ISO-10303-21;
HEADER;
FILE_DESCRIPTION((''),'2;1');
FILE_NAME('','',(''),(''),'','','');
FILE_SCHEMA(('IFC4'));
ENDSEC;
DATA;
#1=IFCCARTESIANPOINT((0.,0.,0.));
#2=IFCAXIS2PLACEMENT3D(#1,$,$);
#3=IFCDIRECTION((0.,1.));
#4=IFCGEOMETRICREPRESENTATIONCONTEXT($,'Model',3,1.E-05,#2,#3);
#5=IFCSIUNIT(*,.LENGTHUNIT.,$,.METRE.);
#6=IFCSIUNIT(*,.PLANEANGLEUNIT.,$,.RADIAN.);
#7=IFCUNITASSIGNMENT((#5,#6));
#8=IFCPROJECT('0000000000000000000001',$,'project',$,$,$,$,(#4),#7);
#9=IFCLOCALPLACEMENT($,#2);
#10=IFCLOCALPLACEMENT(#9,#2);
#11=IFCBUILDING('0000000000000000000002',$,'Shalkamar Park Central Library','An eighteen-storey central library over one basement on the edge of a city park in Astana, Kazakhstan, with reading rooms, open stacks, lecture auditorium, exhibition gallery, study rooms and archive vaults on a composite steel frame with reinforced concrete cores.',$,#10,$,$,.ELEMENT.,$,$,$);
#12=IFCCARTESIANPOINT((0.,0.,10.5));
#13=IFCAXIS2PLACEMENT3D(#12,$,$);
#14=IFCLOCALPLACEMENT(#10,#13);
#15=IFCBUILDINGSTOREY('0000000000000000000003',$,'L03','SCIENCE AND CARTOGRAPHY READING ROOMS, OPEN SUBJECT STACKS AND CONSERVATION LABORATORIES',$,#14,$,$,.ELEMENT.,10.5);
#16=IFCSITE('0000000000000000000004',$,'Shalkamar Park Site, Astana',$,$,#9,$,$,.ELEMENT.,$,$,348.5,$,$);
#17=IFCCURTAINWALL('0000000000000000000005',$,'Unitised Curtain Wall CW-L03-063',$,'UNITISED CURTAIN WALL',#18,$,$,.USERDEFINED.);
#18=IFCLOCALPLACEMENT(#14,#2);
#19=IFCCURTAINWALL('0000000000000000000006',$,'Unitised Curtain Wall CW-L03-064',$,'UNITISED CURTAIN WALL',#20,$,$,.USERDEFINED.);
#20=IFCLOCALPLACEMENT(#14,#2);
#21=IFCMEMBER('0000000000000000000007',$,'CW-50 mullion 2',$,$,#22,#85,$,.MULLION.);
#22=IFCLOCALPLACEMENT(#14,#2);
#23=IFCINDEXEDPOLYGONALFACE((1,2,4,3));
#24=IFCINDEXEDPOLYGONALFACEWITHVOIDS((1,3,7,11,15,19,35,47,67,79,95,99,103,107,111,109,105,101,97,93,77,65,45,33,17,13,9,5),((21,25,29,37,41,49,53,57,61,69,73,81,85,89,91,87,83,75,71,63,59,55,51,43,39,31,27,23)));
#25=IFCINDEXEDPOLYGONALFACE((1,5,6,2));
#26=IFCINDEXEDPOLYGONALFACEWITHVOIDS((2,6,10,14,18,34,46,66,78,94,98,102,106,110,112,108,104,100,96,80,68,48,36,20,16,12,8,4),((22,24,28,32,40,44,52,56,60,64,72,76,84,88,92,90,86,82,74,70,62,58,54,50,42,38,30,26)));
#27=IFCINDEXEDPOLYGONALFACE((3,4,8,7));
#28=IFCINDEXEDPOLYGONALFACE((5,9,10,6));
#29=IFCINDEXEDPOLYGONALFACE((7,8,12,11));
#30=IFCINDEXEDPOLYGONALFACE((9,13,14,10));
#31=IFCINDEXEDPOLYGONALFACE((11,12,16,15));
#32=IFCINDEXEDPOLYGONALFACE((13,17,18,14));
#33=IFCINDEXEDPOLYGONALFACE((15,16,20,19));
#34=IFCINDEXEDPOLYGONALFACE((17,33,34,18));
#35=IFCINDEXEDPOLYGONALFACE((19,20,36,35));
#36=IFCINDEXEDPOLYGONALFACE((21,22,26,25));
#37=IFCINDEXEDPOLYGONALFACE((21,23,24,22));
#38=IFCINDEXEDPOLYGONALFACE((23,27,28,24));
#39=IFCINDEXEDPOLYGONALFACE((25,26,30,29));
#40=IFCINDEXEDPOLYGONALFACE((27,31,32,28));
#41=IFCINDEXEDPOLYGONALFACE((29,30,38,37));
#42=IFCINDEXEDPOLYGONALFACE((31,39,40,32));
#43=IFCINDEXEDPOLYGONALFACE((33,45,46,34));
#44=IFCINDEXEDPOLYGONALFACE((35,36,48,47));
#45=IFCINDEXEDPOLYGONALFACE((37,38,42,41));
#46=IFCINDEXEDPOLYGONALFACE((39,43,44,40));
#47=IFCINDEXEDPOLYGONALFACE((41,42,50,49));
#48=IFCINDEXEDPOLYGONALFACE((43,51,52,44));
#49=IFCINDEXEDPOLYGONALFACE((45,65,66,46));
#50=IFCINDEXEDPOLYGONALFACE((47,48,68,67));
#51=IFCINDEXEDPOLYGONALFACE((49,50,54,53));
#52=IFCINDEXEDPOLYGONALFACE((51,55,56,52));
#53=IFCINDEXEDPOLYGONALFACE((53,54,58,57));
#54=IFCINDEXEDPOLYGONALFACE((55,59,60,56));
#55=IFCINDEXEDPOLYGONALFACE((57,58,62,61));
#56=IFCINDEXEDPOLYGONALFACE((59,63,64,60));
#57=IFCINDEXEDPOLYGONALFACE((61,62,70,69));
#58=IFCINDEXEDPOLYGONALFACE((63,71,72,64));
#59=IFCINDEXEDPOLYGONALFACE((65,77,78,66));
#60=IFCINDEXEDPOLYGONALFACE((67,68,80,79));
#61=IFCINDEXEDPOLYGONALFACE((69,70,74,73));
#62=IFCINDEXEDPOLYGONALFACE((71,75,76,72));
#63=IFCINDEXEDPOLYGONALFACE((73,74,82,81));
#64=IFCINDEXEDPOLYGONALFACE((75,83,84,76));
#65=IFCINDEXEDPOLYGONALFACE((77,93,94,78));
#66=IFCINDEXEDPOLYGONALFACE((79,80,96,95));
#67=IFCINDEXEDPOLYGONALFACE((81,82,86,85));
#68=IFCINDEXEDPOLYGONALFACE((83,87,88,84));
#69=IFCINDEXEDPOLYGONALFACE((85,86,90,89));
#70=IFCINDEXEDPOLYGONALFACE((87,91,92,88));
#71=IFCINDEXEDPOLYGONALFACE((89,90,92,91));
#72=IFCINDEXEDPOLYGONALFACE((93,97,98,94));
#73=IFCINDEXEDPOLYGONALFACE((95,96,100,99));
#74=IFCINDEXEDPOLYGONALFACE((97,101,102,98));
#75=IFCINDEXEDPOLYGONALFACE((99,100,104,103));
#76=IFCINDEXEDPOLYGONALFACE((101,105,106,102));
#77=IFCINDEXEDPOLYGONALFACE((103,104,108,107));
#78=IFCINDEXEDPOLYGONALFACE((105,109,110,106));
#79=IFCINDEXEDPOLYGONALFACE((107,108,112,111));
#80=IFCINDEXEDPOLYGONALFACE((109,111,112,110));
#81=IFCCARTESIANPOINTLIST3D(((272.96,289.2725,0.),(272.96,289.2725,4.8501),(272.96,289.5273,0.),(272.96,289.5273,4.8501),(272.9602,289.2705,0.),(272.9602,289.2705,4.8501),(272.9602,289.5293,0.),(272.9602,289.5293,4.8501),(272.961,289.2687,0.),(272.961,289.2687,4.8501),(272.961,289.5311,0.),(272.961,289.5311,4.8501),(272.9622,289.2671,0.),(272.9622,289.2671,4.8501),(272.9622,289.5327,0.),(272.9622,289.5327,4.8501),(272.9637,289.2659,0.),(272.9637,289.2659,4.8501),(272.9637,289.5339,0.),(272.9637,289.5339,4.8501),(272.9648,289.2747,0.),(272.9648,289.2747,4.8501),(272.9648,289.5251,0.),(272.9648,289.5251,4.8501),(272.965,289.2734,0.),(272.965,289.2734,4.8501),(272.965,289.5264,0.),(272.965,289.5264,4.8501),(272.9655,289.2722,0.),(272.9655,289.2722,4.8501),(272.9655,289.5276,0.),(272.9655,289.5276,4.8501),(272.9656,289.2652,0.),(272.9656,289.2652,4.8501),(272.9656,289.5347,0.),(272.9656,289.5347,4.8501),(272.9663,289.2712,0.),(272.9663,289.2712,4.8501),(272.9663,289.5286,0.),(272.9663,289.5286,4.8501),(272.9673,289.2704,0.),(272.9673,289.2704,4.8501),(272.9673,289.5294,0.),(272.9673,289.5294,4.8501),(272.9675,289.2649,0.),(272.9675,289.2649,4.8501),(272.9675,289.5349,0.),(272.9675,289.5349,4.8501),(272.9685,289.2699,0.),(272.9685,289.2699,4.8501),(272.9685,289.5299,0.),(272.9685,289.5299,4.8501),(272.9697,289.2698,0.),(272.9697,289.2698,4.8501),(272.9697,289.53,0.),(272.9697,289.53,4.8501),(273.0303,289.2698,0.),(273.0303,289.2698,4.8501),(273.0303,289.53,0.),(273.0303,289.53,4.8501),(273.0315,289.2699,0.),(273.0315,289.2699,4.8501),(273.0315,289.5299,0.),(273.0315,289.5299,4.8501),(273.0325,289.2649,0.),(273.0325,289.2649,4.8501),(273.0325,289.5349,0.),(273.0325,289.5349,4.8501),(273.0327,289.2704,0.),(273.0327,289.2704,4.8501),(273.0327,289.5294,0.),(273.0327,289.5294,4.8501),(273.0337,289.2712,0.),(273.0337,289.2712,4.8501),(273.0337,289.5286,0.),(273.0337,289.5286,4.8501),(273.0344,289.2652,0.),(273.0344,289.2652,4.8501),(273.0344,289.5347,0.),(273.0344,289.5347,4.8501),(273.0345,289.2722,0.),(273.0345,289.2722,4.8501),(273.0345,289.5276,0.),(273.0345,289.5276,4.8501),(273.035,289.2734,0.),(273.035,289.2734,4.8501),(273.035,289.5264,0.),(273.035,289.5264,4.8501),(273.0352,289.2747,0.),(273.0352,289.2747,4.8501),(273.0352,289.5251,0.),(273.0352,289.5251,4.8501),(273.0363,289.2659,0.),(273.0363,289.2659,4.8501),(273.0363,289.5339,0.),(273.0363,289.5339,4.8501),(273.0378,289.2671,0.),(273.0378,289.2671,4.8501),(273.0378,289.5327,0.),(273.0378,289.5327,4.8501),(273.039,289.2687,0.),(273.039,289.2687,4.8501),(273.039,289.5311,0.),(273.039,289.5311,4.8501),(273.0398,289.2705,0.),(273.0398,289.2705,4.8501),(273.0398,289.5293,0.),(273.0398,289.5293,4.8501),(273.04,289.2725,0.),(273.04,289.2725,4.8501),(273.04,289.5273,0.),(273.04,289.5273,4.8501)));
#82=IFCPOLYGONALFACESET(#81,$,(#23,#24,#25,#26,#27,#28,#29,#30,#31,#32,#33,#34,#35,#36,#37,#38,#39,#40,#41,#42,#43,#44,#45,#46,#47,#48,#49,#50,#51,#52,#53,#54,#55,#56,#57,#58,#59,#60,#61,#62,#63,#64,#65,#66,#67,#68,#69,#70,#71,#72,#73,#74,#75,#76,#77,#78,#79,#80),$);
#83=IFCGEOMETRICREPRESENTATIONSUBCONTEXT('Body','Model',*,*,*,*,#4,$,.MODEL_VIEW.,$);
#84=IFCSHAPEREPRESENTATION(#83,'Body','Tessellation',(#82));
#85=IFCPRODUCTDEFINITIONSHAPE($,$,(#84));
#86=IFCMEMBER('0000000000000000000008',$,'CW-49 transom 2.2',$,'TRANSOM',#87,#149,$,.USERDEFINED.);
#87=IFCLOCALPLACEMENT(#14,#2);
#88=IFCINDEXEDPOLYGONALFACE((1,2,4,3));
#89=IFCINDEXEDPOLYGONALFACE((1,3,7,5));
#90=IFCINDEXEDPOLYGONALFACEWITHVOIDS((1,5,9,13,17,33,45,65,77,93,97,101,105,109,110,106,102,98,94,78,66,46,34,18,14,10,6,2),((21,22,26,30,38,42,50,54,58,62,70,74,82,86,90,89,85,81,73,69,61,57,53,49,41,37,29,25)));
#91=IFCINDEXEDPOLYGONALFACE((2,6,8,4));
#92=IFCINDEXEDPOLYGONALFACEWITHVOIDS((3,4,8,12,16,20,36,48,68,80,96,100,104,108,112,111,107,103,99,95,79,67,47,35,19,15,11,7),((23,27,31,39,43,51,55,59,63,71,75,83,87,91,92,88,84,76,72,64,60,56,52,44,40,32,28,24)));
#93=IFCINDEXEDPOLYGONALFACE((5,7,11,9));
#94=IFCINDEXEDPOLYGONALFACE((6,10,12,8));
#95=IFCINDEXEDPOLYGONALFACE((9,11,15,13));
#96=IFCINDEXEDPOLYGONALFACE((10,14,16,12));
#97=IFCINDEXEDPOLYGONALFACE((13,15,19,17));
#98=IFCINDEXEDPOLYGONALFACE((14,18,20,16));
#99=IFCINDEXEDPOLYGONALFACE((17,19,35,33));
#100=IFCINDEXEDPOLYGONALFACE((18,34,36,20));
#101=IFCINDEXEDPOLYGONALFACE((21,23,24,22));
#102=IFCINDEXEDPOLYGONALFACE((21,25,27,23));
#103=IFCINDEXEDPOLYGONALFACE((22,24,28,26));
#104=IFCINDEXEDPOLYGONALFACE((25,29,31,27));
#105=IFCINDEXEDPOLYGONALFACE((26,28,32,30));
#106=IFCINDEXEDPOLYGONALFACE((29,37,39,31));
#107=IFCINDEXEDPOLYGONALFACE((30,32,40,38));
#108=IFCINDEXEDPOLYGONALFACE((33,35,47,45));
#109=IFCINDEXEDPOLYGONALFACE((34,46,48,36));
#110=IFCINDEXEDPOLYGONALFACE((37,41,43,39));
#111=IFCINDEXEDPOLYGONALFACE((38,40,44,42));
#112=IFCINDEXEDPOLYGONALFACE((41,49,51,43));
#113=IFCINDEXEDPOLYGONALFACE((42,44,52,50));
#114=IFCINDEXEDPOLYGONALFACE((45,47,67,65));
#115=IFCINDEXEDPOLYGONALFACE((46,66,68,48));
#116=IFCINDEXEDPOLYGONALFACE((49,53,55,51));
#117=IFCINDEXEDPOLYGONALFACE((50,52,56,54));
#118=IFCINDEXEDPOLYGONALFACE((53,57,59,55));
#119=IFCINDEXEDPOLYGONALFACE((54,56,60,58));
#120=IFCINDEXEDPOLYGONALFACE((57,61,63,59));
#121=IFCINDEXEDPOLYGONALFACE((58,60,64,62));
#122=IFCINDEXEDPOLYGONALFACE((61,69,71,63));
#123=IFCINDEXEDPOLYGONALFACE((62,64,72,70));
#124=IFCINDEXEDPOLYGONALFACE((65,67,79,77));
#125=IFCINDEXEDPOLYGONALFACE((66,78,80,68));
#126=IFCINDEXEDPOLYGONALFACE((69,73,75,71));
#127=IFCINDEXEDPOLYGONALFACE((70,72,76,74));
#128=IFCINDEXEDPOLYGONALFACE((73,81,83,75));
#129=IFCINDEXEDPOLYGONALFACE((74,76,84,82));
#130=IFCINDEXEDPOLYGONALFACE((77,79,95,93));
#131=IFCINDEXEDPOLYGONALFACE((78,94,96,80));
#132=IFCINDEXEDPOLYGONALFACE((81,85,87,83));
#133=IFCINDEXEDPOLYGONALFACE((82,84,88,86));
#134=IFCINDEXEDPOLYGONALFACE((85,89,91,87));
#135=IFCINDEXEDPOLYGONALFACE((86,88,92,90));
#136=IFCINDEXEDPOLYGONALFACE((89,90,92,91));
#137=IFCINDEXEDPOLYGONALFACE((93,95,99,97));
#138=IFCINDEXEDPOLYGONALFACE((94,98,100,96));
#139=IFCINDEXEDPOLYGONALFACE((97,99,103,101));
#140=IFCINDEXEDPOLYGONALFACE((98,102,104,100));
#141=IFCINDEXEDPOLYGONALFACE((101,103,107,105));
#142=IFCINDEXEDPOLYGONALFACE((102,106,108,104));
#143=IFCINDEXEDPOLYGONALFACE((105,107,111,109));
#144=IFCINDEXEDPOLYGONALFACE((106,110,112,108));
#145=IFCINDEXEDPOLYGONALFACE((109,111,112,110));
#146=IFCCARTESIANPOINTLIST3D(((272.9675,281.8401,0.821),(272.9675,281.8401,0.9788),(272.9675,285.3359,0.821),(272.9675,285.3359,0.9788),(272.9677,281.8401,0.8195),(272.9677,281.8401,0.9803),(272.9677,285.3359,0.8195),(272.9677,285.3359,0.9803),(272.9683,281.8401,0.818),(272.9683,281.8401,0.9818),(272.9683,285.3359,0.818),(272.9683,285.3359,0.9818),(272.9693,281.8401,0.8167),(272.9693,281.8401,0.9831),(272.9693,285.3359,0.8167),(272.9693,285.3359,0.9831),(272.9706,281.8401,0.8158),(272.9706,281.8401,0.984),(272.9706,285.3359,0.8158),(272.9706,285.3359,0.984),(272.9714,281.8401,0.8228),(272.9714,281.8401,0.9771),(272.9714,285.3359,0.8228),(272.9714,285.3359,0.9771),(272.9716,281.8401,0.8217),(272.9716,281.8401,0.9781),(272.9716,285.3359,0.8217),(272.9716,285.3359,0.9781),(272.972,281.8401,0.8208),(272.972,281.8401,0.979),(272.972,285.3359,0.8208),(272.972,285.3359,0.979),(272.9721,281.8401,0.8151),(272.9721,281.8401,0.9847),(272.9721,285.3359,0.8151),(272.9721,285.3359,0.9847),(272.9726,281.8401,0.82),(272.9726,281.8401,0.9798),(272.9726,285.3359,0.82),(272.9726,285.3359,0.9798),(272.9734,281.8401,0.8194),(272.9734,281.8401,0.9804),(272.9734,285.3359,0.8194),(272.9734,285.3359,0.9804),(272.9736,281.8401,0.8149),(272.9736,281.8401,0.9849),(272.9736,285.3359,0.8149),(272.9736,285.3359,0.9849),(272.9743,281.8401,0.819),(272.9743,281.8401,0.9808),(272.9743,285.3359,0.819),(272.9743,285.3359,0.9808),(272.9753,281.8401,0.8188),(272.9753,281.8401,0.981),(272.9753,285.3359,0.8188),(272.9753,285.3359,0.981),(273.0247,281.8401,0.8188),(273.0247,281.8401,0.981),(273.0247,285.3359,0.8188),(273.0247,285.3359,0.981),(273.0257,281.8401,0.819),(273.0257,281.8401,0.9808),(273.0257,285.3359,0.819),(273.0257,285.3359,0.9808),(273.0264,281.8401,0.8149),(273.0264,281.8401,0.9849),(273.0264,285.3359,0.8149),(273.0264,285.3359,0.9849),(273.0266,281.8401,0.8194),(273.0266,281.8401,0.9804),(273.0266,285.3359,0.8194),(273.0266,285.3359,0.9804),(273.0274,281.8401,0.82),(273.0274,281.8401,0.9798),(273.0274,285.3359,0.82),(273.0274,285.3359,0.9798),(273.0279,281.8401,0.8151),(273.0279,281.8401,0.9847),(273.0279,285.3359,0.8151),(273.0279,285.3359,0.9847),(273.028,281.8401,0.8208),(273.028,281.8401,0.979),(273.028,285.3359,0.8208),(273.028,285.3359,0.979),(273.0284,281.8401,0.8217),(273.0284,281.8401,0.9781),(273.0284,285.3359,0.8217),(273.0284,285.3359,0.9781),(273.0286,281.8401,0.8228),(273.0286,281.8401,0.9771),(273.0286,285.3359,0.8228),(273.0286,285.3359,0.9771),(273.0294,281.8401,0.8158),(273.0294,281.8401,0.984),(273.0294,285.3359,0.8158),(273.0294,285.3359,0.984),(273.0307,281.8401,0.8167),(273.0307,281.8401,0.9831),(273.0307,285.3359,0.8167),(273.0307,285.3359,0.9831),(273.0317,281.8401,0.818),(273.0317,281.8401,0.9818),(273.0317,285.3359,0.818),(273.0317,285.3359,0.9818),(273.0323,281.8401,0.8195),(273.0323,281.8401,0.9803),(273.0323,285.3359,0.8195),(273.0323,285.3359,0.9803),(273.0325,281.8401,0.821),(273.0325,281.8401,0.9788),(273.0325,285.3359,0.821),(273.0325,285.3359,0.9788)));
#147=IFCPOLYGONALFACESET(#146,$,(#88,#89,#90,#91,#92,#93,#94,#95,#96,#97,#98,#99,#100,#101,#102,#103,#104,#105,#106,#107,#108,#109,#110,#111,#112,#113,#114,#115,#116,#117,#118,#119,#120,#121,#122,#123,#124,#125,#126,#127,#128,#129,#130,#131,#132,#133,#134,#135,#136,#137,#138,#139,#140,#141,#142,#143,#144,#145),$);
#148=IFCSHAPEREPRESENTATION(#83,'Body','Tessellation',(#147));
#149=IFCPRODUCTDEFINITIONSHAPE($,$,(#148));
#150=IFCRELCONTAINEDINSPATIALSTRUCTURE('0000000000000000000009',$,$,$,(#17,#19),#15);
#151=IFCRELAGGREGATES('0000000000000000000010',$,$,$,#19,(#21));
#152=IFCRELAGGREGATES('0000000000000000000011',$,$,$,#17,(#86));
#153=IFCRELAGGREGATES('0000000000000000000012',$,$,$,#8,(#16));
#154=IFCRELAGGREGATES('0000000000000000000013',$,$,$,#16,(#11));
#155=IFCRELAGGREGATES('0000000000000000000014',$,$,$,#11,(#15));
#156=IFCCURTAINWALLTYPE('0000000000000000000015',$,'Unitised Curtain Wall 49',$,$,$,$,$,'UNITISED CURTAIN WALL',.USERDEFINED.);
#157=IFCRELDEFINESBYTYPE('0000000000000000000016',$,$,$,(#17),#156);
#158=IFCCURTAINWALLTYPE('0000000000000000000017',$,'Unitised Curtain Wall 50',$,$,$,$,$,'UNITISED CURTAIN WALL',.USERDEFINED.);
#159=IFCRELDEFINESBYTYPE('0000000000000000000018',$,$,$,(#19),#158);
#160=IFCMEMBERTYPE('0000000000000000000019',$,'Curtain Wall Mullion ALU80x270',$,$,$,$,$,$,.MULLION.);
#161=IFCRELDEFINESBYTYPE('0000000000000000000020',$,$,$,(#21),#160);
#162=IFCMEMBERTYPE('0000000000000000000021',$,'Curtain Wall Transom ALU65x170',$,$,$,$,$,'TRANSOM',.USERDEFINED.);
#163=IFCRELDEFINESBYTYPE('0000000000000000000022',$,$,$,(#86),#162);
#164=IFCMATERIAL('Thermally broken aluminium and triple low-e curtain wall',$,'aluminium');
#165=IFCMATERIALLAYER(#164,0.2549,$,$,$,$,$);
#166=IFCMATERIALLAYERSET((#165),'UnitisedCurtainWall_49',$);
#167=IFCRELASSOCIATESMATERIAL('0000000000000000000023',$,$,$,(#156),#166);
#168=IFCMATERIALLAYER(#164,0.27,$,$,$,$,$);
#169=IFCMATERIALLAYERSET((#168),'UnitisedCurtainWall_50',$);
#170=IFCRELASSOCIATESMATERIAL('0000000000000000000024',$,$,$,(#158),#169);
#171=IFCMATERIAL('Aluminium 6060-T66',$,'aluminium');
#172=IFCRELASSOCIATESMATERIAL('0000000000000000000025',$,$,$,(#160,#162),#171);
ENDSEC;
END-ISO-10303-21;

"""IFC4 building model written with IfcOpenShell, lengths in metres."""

from ifc_helpers import new_model, si_unit, direction, frame, origin, origin_2d, place, context, subcontext, project, spatial, hollow_rectangle, extrude, material, layer, layer_set, material_profile, profile_set, type_object, element, aggregate, save


model = new_model("IFC4")

# Units and contexts
model_context = context("Model", 3, precision=1e-05, world=origin(), true_north=direction((0.0, 1.0)))
body_context = subcontext(model_context, "Body", "Model", "MODEL_VIEW")
ifc_project = project(units=[si_unit("LENGTHUNIT", "METRE"), si_unit("PLANEANGLEUNIT", "RADIAN")], contexts=[model_context])

# Site, building, storey
site_placement = place(None, origin())
site = spatial("IfcSite", under=ifc_project, at=site_placement, Name="Shalkamar Park Site, Astana", CompositionType="ELEMENT", RefElevation=348.5)
building_placement = place(site_placement, origin())
building = spatial("IfcBuilding", under=site, at=building_placement, Name="Shalkamar Park Central Library", Description="An eighteen-storey central library over one basement on the edge of a city park in Astana, Kazakhstan, with reading rooms, open stacks, lecture auditorium, exhibition gallery, study rooms and archive vaults on a composite steel frame with reinforced concrete cores.", CompositionType="ELEMENT")
storey_placement = place(building_placement, frame((0.0, 0.0, 10.5)))
storey = spatial("IfcBuildingStorey", under=building, at=storey_placement, Name="L03", Description="SCIENCE AND CARTOGRAPHY READING ROOMS, OPEN SUBJECT STACKS AND CONSERVATION LABORATORIES", CompositionType="ELEMENT", Elevation=10.5)

# Curtain wall
ifc_material_1 = material(Name="Thermally broken aluminium and triple low-e curtain wall", Category="aluminium")
ifc_layer_1 = layer(ifc_material_1, 0.2549)
ifc_layer_set_1 = layer_set([ifc_layer_1], Name="UnitisedCurtainWall_49")
curtain_wall_type_1 = type_object("IfcCurtainWallType", Name="Unitised Curtain Wall 49", ElementType="UNITISED CURTAIN WALL", PredefinedType="USERDEFINED", material=ifc_layer_set_1)
curtain_wall_1_placement = place(storey_placement, origin())
curtain_wall_1 = element("IfcCurtainWall", 1, at=curtain_wall_1_placement, inside=storey, type_object=curtain_wall_type_1, Name="Unitised Curtain Wall CW-L03-063", ObjectType="UNITISED CURTAIN WALL", PredefinedType="USERDEFINED")
ifc_material_2 = material(Name="Aluminium 6060-T66", Category="aluminium")

# Curtain wall, member
ifc_layer_2 = layer(ifc_material_1, 0.27)
ifc_layer_set_2 = layer_set([ifc_layer_2], Name="UnitisedCurtainWall_50")
curtain_wall_type_2 = type_object("IfcCurtainWallType", Name="Unitised Curtain Wall 50", ElementType="UNITISED CURTAIN WALL", PredefinedType="USERDEFINED", material=ifc_layer_set_2)
curtain_wall_2_placement = place(storey_placement, origin())
curtain_wall_2 = element("IfcCurtainWall", 2, at=curtain_wall_2_placement, inside=storey, type_object=curtain_wall_type_2, Name="Unitised Curtain Wall CW-L03-064", ObjectType="UNITISED CURTAIN WALL", PredefinedType="USERDEFINED")
ifc_material_profile_1 = material_profile(ifc_material_2, hollow_rectangle(XDim=0.0801, YDim=0.27, WallThickness=0.0049, InnerFilletRadius=0.0049, OuterFilletRadius=0.0076, at=origin_2d()), Name="ALU 80x270x5")
ifc_profile_set_1 = profile_set([ifc_material_profile_1], Name="Aluminium 6060-T66")
member_type_1 = type_object("IfcMemberType", Name="Curtain Wall Mullion ALU80x270", PredefinedType="MULLION", material=ifc_profile_set_1)
member_1_placement = place(storey_placement, frame((273.0, 289.3999, 0.0), z_axis=(0.0, 0.0, 1.0), x_axis=(-1.0, 0.0, 0.0)))
member_1 = element("IfcMember", 3, at=member_1_placement, type_object=member_type_1, Name="CW-50 mullion 2", PredefinedType="MULLION", context=body_context, shape_type="SweptSolid", body=[
    extrude(hollow_rectangle(XDim=0.0801, YDim=0.27, WallThickness=0.0049, InnerFilletRadius=0.0049, OuterFilletRadius=0.0076, at=origin_2d()), origin(), (0.0, 0.0, 1.0), 4.8501),
])

# Member
ifc_material_profile_2 = material_profile(ifc_material_2, hollow_rectangle(XDim=0.0649, YDim=0.1699, WallThickness=0.0039, InnerFilletRadius=0.0039, OuterFilletRadius=0.0061, at=origin_2d()), Name="ALU 65x170x4")
ifc_profile_set_2 = profile_set([ifc_material_profile_2], Name="Aluminium 6060-T66")
member_type_2 = type_object("IfcMemberType", Name="Curtain Wall Transom ALU65x170", ElementType="TRANSOM", PredefinedType="USERDEFINED", material=ifc_profile_set_2)
member_2_placement = place(storey_placement, frame((273.0, 281.8401, 0.8999), z_axis=(0.0, 1.0, 0.0), x_axis=(-1.0, 0.0, 0.0)))
member_2 = element("IfcMember", 4, at=member_2_placement, type_object=member_type_2, Name="CW-49 transom 2.2", ObjectType="TRANSOM", PredefinedType="USERDEFINED", context=body_context, shape_type="SweptSolid", body=[
    extrude(hollow_rectangle(XDim=0.0649, YDim=0.1699, WallThickness=0.0039, InnerFilletRadius=0.0039, OuterFilletRadius=0.0061, at=origin_2d()), origin(), (0.0, 0.0, 1.0), 3.4958),
])

aggregate(curtain_wall_2, [member_1])
aggregate(curtain_wall_1, [member_2])

save(model, "model.ifc")
